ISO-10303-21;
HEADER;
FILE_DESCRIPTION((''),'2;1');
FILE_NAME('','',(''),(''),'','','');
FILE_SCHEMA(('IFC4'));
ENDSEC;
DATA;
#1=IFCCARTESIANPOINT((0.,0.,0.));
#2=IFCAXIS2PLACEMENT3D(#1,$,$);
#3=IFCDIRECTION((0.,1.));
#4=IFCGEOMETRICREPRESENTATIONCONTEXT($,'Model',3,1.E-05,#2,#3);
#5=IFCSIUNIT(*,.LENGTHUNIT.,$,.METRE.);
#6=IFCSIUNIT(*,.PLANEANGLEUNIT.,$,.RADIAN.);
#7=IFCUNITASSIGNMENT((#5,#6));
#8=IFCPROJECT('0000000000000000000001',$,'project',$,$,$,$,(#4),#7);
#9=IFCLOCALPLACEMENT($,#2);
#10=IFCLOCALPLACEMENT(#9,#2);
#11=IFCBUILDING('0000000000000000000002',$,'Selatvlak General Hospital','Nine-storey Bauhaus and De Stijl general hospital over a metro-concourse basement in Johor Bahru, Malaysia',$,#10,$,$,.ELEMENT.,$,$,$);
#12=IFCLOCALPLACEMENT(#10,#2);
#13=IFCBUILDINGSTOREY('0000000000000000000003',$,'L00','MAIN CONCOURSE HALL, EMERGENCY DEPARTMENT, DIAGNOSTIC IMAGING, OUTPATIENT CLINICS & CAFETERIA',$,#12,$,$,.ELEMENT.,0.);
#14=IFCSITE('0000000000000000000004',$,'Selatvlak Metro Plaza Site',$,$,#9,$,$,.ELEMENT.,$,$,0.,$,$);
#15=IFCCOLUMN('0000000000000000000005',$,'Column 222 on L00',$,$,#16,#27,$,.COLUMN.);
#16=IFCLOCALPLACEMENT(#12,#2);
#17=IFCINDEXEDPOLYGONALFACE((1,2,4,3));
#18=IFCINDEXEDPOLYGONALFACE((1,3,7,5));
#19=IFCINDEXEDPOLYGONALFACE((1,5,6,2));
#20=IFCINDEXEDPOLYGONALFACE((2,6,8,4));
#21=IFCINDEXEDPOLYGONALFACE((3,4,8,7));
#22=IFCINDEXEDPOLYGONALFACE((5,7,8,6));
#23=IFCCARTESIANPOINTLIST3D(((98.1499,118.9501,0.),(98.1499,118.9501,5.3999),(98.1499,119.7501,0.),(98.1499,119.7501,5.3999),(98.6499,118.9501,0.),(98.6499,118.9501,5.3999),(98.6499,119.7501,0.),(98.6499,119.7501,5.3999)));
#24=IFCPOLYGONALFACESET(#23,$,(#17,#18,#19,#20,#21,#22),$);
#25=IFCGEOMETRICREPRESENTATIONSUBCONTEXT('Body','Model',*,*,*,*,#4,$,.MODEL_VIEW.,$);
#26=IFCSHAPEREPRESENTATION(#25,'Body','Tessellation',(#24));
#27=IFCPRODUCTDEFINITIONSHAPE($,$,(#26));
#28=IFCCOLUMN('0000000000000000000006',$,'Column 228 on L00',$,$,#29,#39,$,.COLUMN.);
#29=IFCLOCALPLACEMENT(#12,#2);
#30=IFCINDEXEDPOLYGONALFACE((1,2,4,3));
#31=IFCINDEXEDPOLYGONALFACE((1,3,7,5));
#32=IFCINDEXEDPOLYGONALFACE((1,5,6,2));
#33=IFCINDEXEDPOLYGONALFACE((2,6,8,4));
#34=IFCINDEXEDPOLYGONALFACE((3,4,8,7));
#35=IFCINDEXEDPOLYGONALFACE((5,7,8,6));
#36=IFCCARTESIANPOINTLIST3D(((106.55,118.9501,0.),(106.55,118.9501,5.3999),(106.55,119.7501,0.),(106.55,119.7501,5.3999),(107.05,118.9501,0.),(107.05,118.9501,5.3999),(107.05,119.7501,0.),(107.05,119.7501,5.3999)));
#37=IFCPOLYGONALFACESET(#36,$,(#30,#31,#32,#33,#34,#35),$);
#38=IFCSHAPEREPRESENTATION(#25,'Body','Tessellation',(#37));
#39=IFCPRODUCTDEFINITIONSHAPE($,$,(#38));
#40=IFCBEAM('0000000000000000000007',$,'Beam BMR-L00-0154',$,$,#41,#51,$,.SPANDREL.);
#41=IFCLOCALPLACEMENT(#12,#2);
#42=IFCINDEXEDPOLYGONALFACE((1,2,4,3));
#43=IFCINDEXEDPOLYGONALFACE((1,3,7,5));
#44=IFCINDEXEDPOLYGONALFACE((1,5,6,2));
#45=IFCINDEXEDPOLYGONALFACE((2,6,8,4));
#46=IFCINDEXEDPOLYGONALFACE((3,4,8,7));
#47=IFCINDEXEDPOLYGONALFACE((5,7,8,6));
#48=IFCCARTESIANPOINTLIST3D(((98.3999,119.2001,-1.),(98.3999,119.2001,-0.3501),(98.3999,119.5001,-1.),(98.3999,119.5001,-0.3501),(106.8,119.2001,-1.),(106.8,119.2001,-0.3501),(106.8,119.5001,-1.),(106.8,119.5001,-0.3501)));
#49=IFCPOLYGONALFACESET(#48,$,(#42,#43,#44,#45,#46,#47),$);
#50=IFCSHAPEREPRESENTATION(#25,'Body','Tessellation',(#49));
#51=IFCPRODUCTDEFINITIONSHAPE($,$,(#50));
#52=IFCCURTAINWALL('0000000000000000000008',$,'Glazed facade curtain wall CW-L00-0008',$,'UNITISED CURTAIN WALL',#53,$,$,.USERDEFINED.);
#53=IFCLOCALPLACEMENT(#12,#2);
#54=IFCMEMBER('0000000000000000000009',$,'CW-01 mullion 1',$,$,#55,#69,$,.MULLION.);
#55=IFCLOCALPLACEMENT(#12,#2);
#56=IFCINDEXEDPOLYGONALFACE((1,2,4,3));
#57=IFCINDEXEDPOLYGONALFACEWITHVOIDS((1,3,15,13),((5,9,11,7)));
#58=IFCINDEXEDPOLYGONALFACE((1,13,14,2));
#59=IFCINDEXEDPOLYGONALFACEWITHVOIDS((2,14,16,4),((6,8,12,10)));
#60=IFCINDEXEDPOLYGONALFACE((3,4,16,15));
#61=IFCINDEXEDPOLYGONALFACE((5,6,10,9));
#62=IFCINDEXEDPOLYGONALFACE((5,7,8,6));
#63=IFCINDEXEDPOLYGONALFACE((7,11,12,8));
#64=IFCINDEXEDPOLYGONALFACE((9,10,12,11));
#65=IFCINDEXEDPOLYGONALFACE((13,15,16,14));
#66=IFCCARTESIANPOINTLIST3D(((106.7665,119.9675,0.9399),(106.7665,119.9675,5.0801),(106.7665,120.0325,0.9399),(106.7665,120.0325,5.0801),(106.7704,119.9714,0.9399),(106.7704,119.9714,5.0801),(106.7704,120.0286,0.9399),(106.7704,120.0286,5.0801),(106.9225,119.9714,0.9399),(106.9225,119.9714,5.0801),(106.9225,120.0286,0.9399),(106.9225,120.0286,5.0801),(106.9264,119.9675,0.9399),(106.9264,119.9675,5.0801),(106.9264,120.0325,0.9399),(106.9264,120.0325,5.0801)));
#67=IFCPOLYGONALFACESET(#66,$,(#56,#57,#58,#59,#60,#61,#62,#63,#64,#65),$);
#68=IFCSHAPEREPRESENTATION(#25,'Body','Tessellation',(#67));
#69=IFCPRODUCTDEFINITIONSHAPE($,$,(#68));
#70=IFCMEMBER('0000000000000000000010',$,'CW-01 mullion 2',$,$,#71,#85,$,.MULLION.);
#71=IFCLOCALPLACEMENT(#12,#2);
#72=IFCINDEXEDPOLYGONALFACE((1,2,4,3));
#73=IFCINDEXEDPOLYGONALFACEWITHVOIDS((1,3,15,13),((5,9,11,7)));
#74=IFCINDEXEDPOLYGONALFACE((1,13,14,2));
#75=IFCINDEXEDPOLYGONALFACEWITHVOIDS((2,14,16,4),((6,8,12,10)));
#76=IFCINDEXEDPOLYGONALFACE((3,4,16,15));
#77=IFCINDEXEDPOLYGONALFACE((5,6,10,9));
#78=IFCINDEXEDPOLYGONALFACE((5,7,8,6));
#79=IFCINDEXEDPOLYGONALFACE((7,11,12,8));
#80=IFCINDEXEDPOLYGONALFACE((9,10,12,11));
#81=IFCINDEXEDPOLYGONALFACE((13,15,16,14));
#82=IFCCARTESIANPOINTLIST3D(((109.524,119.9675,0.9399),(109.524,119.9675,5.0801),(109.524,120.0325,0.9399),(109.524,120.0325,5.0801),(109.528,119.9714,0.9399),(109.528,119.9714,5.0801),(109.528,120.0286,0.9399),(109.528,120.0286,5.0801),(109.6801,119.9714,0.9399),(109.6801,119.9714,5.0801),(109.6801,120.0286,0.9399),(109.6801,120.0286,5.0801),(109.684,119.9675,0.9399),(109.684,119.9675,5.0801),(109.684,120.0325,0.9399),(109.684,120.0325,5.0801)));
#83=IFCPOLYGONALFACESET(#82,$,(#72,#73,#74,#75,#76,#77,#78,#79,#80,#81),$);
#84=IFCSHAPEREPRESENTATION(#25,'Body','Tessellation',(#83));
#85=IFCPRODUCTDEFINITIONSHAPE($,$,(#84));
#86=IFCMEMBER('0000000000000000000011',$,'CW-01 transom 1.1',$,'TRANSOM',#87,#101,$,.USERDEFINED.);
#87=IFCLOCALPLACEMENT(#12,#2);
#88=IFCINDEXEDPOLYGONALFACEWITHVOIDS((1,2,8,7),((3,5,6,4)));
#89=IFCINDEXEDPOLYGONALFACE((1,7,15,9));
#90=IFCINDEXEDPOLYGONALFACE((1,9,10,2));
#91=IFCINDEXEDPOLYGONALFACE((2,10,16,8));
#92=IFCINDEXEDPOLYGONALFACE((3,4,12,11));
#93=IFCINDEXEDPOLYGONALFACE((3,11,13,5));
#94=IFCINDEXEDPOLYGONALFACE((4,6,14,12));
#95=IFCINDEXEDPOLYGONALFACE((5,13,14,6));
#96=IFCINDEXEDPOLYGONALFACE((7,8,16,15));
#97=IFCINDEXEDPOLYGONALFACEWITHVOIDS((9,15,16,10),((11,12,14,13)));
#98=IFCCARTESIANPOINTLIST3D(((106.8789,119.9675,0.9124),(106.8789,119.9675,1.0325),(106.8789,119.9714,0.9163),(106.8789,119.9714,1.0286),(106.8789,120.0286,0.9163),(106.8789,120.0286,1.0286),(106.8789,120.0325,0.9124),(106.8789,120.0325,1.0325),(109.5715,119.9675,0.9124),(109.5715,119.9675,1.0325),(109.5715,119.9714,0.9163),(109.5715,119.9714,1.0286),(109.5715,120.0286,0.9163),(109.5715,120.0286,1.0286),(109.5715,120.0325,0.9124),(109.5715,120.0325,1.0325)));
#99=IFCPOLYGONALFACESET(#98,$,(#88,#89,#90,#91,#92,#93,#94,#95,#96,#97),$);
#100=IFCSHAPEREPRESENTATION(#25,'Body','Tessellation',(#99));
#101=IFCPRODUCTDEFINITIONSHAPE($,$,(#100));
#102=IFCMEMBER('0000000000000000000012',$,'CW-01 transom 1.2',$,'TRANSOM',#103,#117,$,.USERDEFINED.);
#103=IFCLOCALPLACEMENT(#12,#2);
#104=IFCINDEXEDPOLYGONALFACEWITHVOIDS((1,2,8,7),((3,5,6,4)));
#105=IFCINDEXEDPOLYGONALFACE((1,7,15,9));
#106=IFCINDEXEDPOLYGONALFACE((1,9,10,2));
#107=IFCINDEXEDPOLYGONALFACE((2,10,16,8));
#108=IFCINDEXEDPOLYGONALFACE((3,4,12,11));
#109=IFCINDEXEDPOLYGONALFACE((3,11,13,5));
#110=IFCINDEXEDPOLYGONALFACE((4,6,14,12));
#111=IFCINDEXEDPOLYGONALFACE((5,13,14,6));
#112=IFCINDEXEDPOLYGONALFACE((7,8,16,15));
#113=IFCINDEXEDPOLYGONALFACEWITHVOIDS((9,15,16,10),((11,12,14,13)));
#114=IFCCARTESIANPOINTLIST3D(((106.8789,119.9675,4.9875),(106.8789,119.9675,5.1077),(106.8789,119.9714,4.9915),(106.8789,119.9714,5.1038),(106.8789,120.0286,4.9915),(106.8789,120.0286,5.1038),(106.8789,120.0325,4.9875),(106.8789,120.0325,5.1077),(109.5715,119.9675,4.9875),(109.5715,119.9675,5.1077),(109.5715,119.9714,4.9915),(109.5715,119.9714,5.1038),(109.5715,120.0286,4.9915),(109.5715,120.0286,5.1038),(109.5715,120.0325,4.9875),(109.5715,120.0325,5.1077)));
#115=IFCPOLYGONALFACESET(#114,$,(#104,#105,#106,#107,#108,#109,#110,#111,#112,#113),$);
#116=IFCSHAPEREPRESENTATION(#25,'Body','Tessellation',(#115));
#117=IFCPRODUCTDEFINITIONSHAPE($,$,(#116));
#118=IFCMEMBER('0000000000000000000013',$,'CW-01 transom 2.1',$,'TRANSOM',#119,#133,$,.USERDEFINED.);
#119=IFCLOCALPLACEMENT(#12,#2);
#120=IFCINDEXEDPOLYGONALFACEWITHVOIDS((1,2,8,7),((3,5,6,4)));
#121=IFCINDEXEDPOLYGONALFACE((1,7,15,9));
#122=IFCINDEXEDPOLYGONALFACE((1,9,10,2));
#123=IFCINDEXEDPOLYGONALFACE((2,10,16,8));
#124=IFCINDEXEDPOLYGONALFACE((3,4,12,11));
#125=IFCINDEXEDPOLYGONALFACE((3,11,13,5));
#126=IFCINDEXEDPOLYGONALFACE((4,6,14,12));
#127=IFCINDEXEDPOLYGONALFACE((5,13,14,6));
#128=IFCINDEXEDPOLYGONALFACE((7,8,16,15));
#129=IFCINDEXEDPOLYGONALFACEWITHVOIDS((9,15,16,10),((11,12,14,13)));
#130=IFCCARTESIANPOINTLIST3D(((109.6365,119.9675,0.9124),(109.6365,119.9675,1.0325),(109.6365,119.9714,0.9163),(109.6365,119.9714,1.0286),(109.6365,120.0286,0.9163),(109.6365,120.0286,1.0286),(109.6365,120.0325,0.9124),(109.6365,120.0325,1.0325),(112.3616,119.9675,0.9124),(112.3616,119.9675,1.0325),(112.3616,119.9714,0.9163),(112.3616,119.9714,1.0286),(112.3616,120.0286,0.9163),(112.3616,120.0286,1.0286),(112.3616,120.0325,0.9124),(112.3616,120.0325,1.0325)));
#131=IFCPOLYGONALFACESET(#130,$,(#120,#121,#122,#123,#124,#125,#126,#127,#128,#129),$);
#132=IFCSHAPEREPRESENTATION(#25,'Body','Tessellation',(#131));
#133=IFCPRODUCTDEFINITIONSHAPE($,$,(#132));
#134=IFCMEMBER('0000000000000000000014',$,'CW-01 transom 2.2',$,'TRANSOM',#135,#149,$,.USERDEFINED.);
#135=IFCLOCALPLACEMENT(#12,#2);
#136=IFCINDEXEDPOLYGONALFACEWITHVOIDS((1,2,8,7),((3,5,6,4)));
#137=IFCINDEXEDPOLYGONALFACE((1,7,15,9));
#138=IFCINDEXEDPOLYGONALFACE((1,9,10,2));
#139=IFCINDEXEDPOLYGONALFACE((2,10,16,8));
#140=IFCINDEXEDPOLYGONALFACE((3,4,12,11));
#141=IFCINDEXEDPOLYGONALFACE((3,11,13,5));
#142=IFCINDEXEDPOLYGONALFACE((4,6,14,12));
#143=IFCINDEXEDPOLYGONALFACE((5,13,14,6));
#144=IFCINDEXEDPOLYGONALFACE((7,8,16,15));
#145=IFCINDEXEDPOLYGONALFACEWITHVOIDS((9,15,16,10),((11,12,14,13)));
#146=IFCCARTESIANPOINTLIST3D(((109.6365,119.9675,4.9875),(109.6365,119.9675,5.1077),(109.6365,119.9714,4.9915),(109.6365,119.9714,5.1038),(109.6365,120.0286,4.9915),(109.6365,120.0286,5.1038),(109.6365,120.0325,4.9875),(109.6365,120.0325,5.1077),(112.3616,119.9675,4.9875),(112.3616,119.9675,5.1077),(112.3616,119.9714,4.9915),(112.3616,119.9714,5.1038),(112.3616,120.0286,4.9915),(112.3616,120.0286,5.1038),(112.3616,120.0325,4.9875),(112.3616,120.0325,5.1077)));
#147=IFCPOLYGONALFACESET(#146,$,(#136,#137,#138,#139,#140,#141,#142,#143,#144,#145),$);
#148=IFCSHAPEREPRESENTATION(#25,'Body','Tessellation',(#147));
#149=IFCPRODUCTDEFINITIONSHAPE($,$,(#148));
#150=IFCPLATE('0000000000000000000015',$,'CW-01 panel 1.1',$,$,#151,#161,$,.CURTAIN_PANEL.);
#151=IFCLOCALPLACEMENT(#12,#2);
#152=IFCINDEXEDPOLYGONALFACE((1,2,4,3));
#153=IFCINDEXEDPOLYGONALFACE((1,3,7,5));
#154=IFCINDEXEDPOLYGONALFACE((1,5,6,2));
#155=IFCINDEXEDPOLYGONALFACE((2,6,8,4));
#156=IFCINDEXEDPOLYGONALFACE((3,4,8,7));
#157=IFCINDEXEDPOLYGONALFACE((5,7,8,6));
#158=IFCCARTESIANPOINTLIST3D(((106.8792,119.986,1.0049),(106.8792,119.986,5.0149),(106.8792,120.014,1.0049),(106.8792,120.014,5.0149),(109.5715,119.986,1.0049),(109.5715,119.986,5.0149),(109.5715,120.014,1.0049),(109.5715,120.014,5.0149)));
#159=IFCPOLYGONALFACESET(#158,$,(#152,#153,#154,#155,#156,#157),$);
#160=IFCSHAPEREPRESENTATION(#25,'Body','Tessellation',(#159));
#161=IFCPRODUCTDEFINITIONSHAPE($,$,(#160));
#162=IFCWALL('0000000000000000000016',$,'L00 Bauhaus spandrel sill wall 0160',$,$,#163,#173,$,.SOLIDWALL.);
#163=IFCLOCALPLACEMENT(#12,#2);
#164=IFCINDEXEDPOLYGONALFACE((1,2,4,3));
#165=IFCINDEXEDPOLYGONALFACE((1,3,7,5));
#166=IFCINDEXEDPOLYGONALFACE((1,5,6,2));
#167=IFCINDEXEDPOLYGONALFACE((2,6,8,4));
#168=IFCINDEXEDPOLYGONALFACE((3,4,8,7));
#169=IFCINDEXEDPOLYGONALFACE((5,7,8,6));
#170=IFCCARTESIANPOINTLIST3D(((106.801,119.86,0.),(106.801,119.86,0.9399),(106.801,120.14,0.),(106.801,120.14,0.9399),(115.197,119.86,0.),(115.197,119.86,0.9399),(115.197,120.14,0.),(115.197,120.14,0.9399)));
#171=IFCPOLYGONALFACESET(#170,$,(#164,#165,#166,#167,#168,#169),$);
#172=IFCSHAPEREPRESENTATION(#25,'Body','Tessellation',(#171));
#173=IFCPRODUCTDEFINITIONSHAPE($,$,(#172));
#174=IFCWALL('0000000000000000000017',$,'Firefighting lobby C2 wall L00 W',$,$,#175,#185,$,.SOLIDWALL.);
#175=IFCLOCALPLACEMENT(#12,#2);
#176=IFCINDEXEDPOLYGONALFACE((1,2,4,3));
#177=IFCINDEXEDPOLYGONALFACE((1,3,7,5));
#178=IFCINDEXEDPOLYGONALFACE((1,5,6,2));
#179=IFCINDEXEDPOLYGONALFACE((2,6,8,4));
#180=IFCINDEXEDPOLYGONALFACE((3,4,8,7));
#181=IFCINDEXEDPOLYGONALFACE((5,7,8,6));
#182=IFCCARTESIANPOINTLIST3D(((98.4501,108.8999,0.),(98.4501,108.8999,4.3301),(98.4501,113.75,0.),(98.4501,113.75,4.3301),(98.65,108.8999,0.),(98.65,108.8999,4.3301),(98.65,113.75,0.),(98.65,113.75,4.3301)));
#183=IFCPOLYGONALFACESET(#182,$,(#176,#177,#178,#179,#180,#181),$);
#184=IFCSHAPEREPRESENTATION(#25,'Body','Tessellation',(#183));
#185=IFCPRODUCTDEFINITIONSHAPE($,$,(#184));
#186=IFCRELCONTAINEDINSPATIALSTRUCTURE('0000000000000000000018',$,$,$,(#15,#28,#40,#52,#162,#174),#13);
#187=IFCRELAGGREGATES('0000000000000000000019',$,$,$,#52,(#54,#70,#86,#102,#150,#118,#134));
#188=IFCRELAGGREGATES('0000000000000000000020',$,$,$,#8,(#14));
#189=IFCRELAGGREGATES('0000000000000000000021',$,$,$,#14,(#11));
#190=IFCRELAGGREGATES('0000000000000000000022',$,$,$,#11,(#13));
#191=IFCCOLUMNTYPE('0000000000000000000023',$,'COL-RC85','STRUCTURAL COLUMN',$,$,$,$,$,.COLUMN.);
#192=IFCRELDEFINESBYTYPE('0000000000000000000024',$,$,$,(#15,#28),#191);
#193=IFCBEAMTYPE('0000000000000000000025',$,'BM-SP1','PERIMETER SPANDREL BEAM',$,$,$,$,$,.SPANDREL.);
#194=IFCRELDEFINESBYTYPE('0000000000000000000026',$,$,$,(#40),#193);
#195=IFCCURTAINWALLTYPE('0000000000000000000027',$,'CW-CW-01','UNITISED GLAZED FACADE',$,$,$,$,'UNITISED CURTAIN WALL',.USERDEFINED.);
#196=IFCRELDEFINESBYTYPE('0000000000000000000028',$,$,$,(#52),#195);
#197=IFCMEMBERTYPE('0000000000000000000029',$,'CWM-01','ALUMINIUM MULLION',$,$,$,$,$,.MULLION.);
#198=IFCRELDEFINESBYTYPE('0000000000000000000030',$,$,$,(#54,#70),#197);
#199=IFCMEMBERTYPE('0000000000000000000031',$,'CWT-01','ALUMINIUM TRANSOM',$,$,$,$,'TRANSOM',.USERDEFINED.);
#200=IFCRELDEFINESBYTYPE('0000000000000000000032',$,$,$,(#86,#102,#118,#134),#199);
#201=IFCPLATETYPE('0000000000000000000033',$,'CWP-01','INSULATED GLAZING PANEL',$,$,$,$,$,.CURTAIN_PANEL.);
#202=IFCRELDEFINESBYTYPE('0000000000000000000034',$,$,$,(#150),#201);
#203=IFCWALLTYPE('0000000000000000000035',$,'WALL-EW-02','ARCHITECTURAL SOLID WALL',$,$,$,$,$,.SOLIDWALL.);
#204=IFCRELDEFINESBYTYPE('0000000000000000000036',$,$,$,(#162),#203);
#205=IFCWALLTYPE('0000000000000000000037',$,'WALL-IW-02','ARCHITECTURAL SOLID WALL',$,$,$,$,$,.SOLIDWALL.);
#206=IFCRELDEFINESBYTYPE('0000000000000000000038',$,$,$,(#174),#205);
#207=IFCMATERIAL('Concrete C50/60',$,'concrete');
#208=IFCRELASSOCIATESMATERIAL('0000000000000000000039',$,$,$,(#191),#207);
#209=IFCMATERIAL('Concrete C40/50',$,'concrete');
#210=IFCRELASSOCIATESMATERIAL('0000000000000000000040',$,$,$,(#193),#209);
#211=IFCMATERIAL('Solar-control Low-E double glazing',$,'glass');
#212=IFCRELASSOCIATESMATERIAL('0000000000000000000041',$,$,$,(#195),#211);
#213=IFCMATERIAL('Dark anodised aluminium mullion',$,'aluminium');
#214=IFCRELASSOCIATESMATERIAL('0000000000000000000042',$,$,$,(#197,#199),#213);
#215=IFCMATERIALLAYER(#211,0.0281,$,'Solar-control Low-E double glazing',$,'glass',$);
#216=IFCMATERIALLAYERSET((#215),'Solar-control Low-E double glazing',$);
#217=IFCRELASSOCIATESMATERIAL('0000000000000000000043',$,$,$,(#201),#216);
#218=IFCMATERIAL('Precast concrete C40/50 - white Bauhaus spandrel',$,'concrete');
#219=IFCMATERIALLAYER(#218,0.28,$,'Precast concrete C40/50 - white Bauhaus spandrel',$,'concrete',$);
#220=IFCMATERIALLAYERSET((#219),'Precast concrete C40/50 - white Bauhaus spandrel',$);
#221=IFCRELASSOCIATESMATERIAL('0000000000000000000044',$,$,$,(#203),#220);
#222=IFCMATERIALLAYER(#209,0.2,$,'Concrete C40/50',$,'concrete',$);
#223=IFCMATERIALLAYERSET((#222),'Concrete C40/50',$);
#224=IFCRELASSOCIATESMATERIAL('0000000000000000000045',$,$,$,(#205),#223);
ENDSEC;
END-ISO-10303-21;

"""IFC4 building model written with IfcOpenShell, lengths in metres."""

from ifc_helpers import new_model, si_unit, direction, frame, frame_2d, origin, origin_2d, place, context, subcontext, project, spatial, rectangle, hollow_rectangle, extrude, material, layer, layer_set, material_profile, profile_set, type_object, element, aggregate, save


model = new_model("IFC4")

# Units and contexts
model_context = context("Model", 3, precision=1e-05, world=origin(), true_north=direction((0.0, 1.0)))
body_context = subcontext(model_context, "Body", "Model", "MODEL_VIEW")
ifc_project = project(units=[si_unit("LENGTHUNIT", "METRE"), si_unit("PLANEANGLEUNIT", "RADIAN")], contexts=[model_context])

# Site, building, storey
site_placement = place(None, origin())
site = spatial("IfcSite", under=ifc_project, at=site_placement, Name="Selatvlak Metro Plaza Site", CompositionType="ELEMENT", RefElevation=0.0)
building_placement = place(site_placement, origin())
building = spatial("IfcBuilding", under=site, at=building_placement, Name="Selatvlak General Hospital", Description="Nine-storey Bauhaus and De Stijl general hospital over a metro-concourse basement in Johor Bahru, Malaysia", CompositionType="ELEMENT")
storey_placement = place(building_placement, origin())
storey = spatial("IfcBuildingStorey", under=building, at=storey_placement, Name="L00", Description="MAIN CONCOURSE HALL, EMERGENCY DEPARTMENT, DIAGNOSTIC IMAGING, OUTPATIENT CLINICS & CAFETERIA", CompositionType="ELEMENT", Elevation=0.0)

# Columns
ifc_material_1 = material(Name="Concrete C50/60", Category="concrete")
ifc_material_profile_1 = material_profile(ifc_material_1, rectangle(XDim=0.5, YDim=0.8, at=origin_2d()), Name="RC-COL 800x500")
ifc_profile_set_1 = profile_set([ifc_material_profile_1], Name="Concrete C50/60")
column_type = type_object("IfcColumnType", Name="COL-RC85", Description="STRUCTURAL COLUMN", PredefinedType="COLUMN", material=ifc_profile_set_1)
for number, where, z_axis, x_axis, name in (
    (1, (98.3999, 119.3501, 0.0), (0.0, 0.0, 1.0), (1.0, 0.0, 0.0), "Column 222 on L00"),
    (2, (106.8, 119.3501, 0.0), (0.0, 0.0, 1.0), (1.0, 0.0, 0.0), "Column 228 on L00"),
):
    element("IfcColumn", number, at=place(storey_placement, frame(where, z_axis=z_axis, x_axis=x_axis)), inside=storey, type_object=column_type, Name=name, PredefinedType="COLUMN", context=body_context, shape_type="SweptSolid", body=[
        extrude(rectangle(XDim=0.5, YDim=0.8, at=origin_2d()), origin(), (0.0, 0.0, 1.0), 5.3999),
    ])

# Beam
ifc_material_2 = material(Name="Concrete C40/50", Category="concrete")
ifc_material_profile_2 = material_profile(ifc_material_2, rectangle(XDim=0.3, YDim=0.6499, at=origin_2d()), Name="RC-SP 300x650")
ifc_profile_set_2 = profile_set([ifc_material_profile_2], Name="Concrete C40/50")
beam_type = type_object("IfcBeamType", Name="BM-SP1", Description="PERIMETER SPANDREL BEAM", PredefinedType="SPANDREL", material=ifc_profile_set_2)
beam_placement = place(storey_placement, frame((98.3999, 119.3501, -0.675), z_axis=(1.0, 0.0, 0.0), x_axis=(0.0, 1.0, 0.0)))
element("IfcBeam", 3, at=beam_placement, inside=storey, type_object=beam_type, Name="Beam BMR-L00-0154", PredefinedType="SPANDREL", context=body_context, shape_type="SweptSolid", body=[
    extrude(rectangle(XDim=0.3, YDim=0.6499, at=origin_2d()), origin(), (0.0, 0.0, 1.0), 8.4001),
])

# Curtain wall, members, plate
ifc_material_3 = material(Name="Solar-control Low-E double glazing", Category="glass")
curtain_wall_type = type_object("IfcCurtainWallType", Name="CW-CW-01", Description="UNITISED GLAZED FACADE", ElementType="UNITISED CURTAIN WALL", PredefinedType="USERDEFINED", material=ifc_material_3)
curtain_wall_placement = place(storey_placement, origin())
curtain_wall = element("IfcCurtainWall", 4, at=curtain_wall_placement, inside=storey, type_object=curtain_wall_type, Name="Glazed facade curtain wall CW-L00-0008", ObjectType="UNITISED CURTAIN WALL", PredefinedType="USERDEFINED")
ifc_material_4 = material(Name="Dark anodised aluminium mullion", Category="aluminium")
ifc_material_profile_3 = material_profile(ifc_material_4, hollow_rectangle(XDim=0.0649, YDim=0.1599, WallThickness=0.0039, at=origin_2d()), Name="AL-MUL 65x160x4")
ifc_profile_set_3 = profile_set([ifc_material_profile_3], Name="Dark anodised aluminium mullion")
member_type_1 = type_object("IfcMemberType", Name="CWM-01", Description="ALUMINIUM MULLION", PredefinedType="MULLION", material=ifc_profile_set_3)
member_1_placement = place(storey_placement, frame((106.8464, 120.0, 0.9399), z_axis=(0.0, 0.0, 1.0), x_axis=(0.0, 1.0, 0.0)))
member_1 = element("IfcMember", 5, at=member_1_placement, type_object=member_type_1, Name="CW-01 mullion 1", PredefinedType="MULLION", context=body_context, shape_type="SweptSolid", body=[
    extrude(hollow_rectangle(XDim=0.0649, YDim=0.1599, WallThickness=0.0039, at=origin_2d()), origin(), (0.0, 0.0, 1.0), 4.1401),
])
member_2_placement = place(storey_placement, frame((109.604, 120.0, 0.9399), z_axis=(0.0, 0.0, 1.0), x_axis=(0.0, 1.0, 0.0)))
member_2 = element("IfcMember", 6, at=member_2_placement, type_object=member_type_1, Name="CW-01 mullion 2", PredefinedType="MULLION", context=body_context, shape_type="SweptSolid", body=[
    extrude(hollow_rectangle(XDim=0.0649, YDim=0.1599, WallThickness=0.0039, at=origin_2d()), origin(), (0.0, 0.0, 1.0), 4.1401),
])
ifc_material_profile_4 = material_profile(ifc_material_4, hollow_rectangle(XDim=0.0649, YDim=0.1201, WallThickness=0.0039, at=origin_2d()), Name="AL-TRN 65x120x4")
ifc_profile_set_4 = profile_set([ifc_material_profile_4], Name="Dark anodised aluminium mullion")
member_type_2 = type_object("IfcMemberType", Name="CWT-01", Description="ALUMINIUM TRANSOM", ElementType="TRANSOM", PredefinedType="USERDEFINED", material=ifc_profile_set_4)
member_3_placement = place(storey_placement, frame((106.8789, 120.0, 0.9724), z_axis=(1.0, 0.0, 0.0), x_axis=(0.0, 1.0, 0.0)))
member_3 = element("IfcMember", 7, at=member_3_placement, type_object=member_type_2, Name="CW-01 transom 1.1", ObjectType="TRANSOM", PredefinedType="USERDEFINED", context=body_context, shape_type="SweptSolid", body=[
    extrude(hollow_rectangle(XDim=0.0649, YDim=0.1201, WallThickness=0.0039, at=origin_2d()), origin(), (0.0, 0.0, 1.0), 2.6926),
])
member_4_placement = place(storey_placement, frame((106.8789, 120.0, 5.0476), z_axis=(1.0, 0.0, 0.0), x_axis=(0.0, 1.0, 0.0)))
member_4 = element("IfcMember", 8, at=member_4_placement, type_object=member_type_2, Name="CW-01 transom 1.2", ObjectType="TRANSOM", PredefinedType="USERDEFINED", context=body_context, shape_type="SweptSolid", body=[
    extrude(hollow_rectangle(XDim=0.0649, YDim=0.1201, WallThickness=0.0039, at=origin_2d()), origin(), (0.0, 0.0, 1.0), 2.6926),
])
member_5_placement = place(storey_placement, frame((109.6365, 120.0, 0.9724), z_axis=(1.0, 0.0, 0.0), x_axis=(0.0, 1.0, 0.0)))
member_5 = element("IfcMember", 9, at=member_5_placement, type_object=member_type_2, Name="CW-01 transom 2.1", ObjectType="TRANSOM", PredefinedType="USERDEFINED", context=body_context, shape_type="SweptSolid", body=[
    extrude(hollow_rectangle(XDim=0.0649, YDim=0.1201, WallThickness=0.0039, at=origin_2d()), origin(), (0.0, 0.0, 1.0), 2.7251),
])
member_6_placement = place(storey_placement, frame((109.6365, 120.0, 5.0476), z_axis=(1.0, 0.0, 0.0), x_axis=(0.0, 1.0, 0.0)))
member_6 = element("IfcMember", 10, at=member_6_placement, type_object=member_type_2, Name="CW-01 transom 2.2", ObjectType="TRANSOM", PredefinedType="USERDEFINED", context=body_context, shape_type="SweptSolid", body=[
    extrude(hollow_rectangle(XDim=0.0649, YDim=0.1201, WallThickness=0.0039, at=origin_2d()), origin(), (0.0, 0.0, 1.0), 2.7251),
])
ifc_layer_1 = layer(ifc_material_3, 0.0281, Name="Solar-control Low-E double glazing", Category="glass")
ifc_layer_set_1 = layer_set([ifc_layer_1], Name="Solar-control Low-E double glazing")
plate_type = type_object("IfcPlateType", Name="CWP-01", Description="INSULATED GLAZING PANEL", PredefinedType="CURTAIN_PANEL", material=ifc_layer_set_1)
plate_placement = place(storey_placement, frame((108.2253, 120.0, 1.0049), z_axis=(0.0, 0.0, 1.0), x_axis=(1.0, 0.0, 0.0)))
plate = element("IfcPlate", 11, at=plate_placement, type_object=plate_type, Name="CW-01 panel 1.1", PredefinedType="CURTAIN_PANEL", context=body_context, shape_type="SweptSolid", body=[
    extrude(rectangle(XDim=2.6924, YDim=0.0281, at=origin_2d()), origin(), (0.0, 0.0, 1.0), 4.01),
])
aggregate(curtain_wall, [member_1, member_2, member_3, member_4, plate, member_5, member_6])

# Walls
ifc_material_5 = material(Name="Precast concrete C40/50 - white Bauhaus spandrel", Category="concrete")
ifc_layer_2 = layer(ifc_material_5, 0.28, Name="Precast concrete C40/50 - white Bauhaus spandrel", Category="concrete")
ifc_layer_set_2 = layer_set([ifc_layer_2], Name="Precast concrete C40/50 - white Bauhaus spandrel")
wall_type_1 = type_object("IfcWallType", Name="WALL-EW-02", Description="ARCHITECTURAL SOLID WALL", PredefinedType="SOLIDWALL", material=ifc_layer_set_2)
wall_1_placement = place(storey_placement, frame((106.801, 120.0, 0.0), z_axis=(0.0, 0.0, 1.0), x_axis=(1.0, 0.0, 0.0)))
element("IfcWall", 12, at=wall_1_placement, inside=storey, type_object=wall_type_1, Name="L00 Bauhaus spandrel sill wall 0160", PredefinedType="SOLIDWALL", context=body_context, shape_type="SweptSolid", body=[
    extrude(rectangle(XDim=8.396, YDim=0.28, at=frame_2d((4.198, 0.0))), origin(), (0.0, 0.0, 1.0), 0.9399),
])
ifc_layer_3 = layer(ifc_material_2, 0.2, Name="Concrete C40/50", Category="concrete")
ifc_layer_set_3 = layer_set([ifc_layer_3], Name="Concrete C40/50")
wall_type_2 = type_object("IfcWallType", Name="WALL-IW-02", Description="ARCHITECTURAL SOLID WALL", PredefinedType="SOLIDWALL", material=ifc_layer_set_3)
wall_2_placement = place(storey_placement, frame((98.55, 113.75, 0.0), z_axis=(0.0, 0.0, 1.0), x_axis=(0.0, -1.0, 0.0)))
element("IfcWall", 13, at=wall_2_placement, inside=storey, type_object=wall_type_2, Name="Firefighting lobby C2 wall L00 W", PredefinedType="SOLIDWALL", context=body_context, shape_type="SweptSolid", body=[
    extrude(rectangle(XDim=4.8501, YDim=0.2, at=frame_2d((2.425, 0.0))), origin(), (0.0, 0.0, 1.0), 4.3301),
])

save(model, "model.ifc")
